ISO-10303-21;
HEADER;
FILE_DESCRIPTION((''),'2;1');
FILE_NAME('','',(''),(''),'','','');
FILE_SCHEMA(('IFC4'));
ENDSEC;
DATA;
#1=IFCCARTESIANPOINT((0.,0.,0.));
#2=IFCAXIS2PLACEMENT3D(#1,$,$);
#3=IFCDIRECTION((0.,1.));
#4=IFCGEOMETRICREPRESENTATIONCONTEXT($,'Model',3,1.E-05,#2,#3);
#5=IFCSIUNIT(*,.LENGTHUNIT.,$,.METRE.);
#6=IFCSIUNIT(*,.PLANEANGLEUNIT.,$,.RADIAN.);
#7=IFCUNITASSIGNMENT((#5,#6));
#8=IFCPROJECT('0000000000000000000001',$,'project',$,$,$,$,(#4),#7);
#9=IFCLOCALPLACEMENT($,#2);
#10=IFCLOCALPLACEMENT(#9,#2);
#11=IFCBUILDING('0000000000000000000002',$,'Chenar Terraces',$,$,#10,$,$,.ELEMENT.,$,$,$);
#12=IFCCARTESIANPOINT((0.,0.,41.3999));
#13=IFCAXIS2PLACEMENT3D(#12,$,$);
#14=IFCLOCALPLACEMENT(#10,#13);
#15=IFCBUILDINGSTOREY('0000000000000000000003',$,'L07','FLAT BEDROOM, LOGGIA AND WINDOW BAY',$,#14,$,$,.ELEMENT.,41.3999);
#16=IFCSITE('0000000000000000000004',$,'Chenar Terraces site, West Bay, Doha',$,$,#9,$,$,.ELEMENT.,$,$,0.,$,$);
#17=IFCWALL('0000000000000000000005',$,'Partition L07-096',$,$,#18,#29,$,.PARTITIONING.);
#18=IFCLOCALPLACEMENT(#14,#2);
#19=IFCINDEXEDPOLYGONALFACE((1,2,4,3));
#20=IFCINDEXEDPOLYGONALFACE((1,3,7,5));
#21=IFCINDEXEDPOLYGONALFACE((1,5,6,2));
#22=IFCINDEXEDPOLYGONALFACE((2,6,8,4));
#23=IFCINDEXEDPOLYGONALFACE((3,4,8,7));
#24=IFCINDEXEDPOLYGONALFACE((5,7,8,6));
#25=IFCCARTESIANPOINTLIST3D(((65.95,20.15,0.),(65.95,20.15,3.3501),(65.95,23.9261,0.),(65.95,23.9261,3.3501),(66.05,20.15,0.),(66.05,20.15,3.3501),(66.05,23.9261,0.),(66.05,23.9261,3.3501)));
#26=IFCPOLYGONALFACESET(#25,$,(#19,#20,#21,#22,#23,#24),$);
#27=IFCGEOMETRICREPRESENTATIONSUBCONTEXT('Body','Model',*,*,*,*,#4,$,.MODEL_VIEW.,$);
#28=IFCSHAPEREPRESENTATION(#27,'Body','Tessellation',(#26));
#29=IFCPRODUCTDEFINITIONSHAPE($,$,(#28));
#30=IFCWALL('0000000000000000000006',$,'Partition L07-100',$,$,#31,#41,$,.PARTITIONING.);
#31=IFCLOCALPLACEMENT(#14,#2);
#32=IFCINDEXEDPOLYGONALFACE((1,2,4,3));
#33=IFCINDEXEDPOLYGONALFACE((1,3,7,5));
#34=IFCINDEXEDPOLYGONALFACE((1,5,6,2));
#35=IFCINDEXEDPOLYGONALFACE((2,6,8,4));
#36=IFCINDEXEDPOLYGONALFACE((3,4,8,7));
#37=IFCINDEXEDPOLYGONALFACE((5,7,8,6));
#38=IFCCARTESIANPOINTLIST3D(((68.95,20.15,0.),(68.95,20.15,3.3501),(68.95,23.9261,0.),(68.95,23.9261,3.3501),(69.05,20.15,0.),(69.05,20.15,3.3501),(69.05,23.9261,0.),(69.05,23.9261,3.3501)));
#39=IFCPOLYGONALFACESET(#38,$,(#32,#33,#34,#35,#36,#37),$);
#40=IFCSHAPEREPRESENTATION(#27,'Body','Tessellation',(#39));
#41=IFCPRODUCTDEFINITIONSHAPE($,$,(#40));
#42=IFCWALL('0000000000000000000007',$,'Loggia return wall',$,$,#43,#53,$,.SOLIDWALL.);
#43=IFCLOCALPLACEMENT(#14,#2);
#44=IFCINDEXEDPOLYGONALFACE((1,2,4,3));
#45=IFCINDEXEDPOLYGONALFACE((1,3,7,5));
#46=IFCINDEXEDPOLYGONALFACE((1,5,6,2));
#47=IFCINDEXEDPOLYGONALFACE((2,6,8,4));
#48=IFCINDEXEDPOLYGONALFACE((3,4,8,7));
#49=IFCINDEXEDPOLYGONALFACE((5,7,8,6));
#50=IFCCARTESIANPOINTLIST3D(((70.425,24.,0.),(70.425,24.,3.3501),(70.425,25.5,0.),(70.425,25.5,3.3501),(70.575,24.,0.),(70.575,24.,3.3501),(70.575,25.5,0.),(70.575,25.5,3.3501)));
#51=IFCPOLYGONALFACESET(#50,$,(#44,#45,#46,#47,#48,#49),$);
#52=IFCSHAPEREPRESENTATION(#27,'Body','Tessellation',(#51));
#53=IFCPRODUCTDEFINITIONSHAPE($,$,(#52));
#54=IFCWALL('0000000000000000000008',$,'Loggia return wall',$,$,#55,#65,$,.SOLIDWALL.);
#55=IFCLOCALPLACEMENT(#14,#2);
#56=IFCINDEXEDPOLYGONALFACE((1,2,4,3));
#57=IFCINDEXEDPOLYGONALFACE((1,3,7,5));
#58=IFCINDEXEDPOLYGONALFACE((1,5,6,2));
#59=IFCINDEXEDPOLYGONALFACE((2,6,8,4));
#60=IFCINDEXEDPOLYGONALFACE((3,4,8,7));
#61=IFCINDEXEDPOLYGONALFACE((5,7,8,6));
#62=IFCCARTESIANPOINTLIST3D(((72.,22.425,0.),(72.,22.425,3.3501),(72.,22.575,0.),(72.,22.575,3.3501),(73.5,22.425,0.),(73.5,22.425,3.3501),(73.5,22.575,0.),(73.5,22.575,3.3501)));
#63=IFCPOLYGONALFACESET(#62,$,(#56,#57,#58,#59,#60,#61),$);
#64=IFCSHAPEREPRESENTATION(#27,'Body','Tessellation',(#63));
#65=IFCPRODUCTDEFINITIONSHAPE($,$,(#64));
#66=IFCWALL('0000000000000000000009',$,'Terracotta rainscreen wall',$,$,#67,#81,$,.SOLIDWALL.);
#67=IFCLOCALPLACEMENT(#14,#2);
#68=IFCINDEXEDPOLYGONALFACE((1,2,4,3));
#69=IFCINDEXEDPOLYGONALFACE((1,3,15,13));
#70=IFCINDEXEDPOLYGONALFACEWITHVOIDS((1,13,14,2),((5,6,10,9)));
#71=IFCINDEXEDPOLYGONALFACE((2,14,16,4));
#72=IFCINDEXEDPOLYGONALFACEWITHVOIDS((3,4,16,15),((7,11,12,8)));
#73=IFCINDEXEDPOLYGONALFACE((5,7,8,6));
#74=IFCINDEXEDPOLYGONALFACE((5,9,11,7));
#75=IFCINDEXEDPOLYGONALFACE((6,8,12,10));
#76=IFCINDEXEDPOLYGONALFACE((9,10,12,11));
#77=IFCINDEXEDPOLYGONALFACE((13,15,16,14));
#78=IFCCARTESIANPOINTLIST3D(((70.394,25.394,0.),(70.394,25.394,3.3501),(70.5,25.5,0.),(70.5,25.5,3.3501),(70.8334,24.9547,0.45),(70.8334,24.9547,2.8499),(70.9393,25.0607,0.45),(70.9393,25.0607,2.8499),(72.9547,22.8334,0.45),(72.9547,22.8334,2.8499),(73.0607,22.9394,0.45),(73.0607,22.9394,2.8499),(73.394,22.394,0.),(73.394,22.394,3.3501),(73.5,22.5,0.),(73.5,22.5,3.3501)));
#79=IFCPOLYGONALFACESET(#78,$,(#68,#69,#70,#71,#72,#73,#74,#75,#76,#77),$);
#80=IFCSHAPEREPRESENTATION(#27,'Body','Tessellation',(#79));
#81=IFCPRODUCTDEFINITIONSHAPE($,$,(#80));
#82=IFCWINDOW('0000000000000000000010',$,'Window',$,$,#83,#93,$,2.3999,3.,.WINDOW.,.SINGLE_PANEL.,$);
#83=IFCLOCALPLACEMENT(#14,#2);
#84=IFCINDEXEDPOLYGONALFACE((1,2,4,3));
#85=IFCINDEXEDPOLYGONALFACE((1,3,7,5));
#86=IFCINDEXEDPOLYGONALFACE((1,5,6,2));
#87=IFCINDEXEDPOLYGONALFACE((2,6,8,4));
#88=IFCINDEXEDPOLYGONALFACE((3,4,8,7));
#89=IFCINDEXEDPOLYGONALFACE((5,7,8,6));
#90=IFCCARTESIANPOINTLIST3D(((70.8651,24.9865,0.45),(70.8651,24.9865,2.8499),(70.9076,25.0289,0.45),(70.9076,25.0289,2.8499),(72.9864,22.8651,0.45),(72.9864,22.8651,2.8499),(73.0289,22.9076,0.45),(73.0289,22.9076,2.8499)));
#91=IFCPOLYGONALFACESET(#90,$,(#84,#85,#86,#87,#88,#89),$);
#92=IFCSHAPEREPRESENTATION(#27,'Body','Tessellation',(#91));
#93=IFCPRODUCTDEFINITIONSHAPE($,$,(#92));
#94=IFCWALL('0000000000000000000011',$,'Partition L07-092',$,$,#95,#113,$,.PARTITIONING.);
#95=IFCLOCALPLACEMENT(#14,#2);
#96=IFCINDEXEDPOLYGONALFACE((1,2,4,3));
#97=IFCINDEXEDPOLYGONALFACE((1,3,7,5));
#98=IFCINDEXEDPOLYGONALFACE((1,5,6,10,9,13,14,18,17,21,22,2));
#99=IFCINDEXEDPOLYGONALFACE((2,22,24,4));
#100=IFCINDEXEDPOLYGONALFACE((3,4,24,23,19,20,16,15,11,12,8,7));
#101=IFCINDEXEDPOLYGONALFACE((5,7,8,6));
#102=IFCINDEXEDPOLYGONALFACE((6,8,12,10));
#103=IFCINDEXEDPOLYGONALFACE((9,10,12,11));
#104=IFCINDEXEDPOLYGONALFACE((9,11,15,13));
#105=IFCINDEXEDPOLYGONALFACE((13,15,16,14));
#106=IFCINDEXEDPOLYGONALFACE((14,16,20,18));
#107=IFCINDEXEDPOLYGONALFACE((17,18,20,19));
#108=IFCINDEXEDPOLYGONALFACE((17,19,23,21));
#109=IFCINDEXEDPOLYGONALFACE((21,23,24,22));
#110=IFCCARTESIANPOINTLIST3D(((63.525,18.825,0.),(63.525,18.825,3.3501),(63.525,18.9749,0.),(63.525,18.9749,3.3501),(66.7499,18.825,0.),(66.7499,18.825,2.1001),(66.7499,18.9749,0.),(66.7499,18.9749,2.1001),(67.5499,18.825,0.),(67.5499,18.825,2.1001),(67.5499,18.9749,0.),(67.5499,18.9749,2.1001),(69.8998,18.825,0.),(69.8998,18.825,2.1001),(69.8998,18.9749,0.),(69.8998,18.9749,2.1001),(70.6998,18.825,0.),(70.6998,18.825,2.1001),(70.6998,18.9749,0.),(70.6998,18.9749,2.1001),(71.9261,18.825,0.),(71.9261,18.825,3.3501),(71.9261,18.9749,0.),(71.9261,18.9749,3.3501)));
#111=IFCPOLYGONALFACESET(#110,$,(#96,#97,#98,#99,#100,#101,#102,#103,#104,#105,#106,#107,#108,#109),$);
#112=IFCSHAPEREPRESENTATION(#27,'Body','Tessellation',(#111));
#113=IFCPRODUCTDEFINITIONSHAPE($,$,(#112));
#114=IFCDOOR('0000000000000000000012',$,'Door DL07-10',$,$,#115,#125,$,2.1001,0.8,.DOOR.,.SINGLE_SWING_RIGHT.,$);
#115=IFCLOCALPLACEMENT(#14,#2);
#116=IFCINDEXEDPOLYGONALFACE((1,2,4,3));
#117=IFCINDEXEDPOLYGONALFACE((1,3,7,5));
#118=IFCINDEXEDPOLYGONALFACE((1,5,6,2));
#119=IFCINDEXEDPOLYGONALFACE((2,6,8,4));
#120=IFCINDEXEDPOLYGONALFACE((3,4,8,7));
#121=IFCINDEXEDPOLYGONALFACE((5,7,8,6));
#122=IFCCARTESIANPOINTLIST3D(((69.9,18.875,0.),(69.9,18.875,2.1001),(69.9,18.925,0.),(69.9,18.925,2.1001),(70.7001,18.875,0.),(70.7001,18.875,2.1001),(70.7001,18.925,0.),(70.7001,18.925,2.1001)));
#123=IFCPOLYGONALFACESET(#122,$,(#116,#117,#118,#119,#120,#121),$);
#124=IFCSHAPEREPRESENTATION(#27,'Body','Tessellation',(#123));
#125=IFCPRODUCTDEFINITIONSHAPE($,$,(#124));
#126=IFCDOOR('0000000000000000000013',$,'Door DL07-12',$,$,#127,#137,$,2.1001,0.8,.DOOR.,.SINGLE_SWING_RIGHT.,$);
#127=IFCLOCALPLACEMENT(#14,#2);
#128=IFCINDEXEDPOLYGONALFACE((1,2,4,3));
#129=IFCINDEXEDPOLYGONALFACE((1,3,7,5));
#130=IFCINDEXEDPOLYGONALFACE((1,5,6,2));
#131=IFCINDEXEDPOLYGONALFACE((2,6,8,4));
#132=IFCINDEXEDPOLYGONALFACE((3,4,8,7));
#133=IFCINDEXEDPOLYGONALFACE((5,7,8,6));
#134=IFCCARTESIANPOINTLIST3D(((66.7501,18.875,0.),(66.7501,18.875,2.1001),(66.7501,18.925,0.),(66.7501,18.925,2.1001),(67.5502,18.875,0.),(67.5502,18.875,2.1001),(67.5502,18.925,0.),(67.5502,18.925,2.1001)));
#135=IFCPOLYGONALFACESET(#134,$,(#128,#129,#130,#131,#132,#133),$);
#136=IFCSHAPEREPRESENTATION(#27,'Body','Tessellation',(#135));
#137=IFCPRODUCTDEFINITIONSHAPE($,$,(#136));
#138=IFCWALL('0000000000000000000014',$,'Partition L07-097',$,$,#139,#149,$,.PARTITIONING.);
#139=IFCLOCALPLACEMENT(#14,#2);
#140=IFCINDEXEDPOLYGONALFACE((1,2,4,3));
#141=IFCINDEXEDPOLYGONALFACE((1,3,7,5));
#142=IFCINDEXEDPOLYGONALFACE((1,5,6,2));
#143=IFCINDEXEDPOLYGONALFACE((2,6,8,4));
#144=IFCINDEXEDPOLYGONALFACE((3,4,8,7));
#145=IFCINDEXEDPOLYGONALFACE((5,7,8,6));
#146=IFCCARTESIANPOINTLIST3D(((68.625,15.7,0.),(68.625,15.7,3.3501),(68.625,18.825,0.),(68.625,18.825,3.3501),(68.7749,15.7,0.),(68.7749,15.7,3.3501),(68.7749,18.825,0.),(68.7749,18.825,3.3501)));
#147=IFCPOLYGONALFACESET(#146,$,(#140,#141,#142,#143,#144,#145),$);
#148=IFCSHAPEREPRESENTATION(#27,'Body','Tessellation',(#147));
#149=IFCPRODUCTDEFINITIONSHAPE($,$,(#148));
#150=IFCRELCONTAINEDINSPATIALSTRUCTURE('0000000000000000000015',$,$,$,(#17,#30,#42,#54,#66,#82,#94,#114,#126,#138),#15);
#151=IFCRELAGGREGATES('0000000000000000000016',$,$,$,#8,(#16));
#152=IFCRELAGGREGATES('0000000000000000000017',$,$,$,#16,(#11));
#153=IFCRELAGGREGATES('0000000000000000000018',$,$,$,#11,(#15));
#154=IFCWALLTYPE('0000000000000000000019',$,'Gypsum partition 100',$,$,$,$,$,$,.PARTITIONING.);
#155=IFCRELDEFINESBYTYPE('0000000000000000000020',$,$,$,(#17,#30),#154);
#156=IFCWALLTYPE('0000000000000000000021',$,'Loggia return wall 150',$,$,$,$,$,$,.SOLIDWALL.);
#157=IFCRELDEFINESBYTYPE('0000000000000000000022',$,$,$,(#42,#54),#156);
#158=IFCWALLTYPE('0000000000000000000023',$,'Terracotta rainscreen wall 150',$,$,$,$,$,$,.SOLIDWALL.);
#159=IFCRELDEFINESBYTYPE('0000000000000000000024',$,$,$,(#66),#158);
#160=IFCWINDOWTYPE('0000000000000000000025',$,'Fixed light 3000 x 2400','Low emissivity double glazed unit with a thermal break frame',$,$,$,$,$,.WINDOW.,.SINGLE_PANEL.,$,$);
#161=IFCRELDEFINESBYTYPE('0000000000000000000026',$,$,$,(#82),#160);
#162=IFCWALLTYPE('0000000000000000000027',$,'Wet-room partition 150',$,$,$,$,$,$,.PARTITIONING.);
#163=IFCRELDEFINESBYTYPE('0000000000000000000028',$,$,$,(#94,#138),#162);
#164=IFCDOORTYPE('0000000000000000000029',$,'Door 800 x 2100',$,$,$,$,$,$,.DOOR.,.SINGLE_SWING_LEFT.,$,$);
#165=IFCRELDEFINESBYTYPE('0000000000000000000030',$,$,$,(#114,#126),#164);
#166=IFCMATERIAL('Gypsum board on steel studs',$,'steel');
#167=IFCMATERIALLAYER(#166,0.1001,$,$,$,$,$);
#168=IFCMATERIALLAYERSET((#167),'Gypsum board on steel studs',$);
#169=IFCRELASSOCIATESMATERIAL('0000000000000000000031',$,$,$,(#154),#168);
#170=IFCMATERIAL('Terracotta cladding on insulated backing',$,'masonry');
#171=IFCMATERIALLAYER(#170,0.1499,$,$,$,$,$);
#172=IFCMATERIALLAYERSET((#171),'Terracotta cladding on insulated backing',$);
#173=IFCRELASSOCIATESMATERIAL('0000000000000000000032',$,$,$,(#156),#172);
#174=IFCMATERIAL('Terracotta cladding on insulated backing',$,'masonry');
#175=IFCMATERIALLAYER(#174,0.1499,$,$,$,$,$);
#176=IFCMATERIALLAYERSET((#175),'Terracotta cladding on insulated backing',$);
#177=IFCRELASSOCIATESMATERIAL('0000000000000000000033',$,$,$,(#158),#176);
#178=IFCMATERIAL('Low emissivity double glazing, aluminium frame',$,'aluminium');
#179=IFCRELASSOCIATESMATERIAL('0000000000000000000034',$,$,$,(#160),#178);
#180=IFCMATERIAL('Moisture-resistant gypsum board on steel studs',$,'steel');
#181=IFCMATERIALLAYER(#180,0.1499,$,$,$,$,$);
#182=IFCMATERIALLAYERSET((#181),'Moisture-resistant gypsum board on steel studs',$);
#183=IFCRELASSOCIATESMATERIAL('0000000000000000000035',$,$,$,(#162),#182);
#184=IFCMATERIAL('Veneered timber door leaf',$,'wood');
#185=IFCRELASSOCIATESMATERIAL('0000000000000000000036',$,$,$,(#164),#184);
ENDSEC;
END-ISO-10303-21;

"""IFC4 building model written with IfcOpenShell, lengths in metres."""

from ifc_helpers import new_model, si_unit, direction, frame, frame_2d, origin, place, context, subcontext, project, spatial, rectangle, extrude, material, layer, layer_set, type_object, element, fill, save


model = new_model("IFC4")

# Units and contexts
model_context = context("Model", 3, precision=1e-05, world=origin(), true_north=direction((0.0, 1.0)))
body_context = subcontext(model_context, "Body", "Model", "MODEL_VIEW")
ifc_project = project(units=[si_unit("LENGTHUNIT", "METRE"), si_unit("PLANEANGLEUNIT", "RADIAN")], contexts=[model_context])

# Site, building, storey
site_placement = place(None, origin())
site = spatial("IfcSite", under=ifc_project, at=site_placement, Name="Chenar Terraces site, West Bay, Doha", CompositionType="ELEMENT", RefElevation=0.0)
building_placement = place(site_placement, origin())
building = spatial("IfcBuilding", under=site, at=building_placement, Name="Chenar Terraces", CompositionType="ELEMENT")
storey_placement = place(building_placement, frame((0.0, 0.0, 41.3999)))
storey = spatial("IfcBuildingStorey", under=building, at=storey_placement, Name="L07", Description="FLAT BEDROOM, LOGGIA AND WINDOW BAY", CompositionType="ELEMENT", Elevation=41.3999)

# Walls
ifc_material_1 = material(Name="Gypsum board on steel studs", Category="steel")
ifc_layer_1 = layer(ifc_material_1, 0.1001)
ifc_layer_set_1 = layer_set([ifc_layer_1], Name="Gypsum board on steel studs")
wall_type_1 = type_object("IfcWallType", Name="Gypsum partition 100", PredefinedType="PARTITIONING", material=ifc_layer_set_1)
for number, where, z_axis, x_axis, name in (
    (1, (66.0, 20.1499, 0.0), (0.0, 0.0, 1.0), (0.0, 1.0, 0.0), "Partition L07-096"),
    (2, (69.0, 20.1499, 0.0), (0.0, 0.0, 1.0), (0.0, 1.0, 0.0), "Partition L07-100"),
):
    element("IfcWall", number, at=place(storey_placement, frame(where, z_axis=z_axis, x_axis=x_axis)), inside=storey, type_object=wall_type_1, Name=name, PredefinedType="PARTITIONING", context=body_context, shape_type="SweptSolid", body=[
        extrude(rectangle(XDim=3.7761, YDim=0.1001, at=frame_2d((1.8882, 0.0))), origin(), (0.0, 0.0, 1.0), 3.3501),
    ])
ifc_material_2 = material(Name="Terracotta cladding on insulated backing", Category="masonry")
ifc_layer_2 = layer(ifc_material_2, 0.1499)
ifc_layer_set_2 = layer_set([ifc_layer_2], Name="Terracotta cladding on insulated backing")
wall_type_2 = type_object("IfcWallType", Name="Loggia return wall 150", PredefinedType="SOLIDWALL", material=ifc_layer_set_2)
for number, where, z_axis, x_axis, name in (
    (3, (70.5, 25.5, 0.0), (0.0, 0.0, 1.0), (0.0, -1.0, 0.0), "Loggia return wall"),
    (4, (73.5, 22.5, 0.0), (0.0, 0.0, 1.0), (-1.0, 0.0, 0.0), "Loggia return wall"),
):
    element("IfcWall", number, at=place(storey_placement, frame(where, z_axis=z_axis, x_axis=x_axis)), inside=storey, type_object=wall_type_2, Name=name, PredefinedType="SOLIDWALL", context=body_context, shape_type="SweptSolid", body=[
        extrude(rectangle(XDim=1.5, YDim=0.1499, at=frame_2d((0.75, 0.0))), origin(), (0.0, 0.0, 1.0), 3.3501),
    ])

# Wall, opening, window
ifc_material_3 = material(Name="Terracotta cladding on insulated backing", Category="masonry")
ifc_layer_3 = layer(ifc_material_3, 0.1499)
ifc_layer_set_3 = layer_set([ifc_layer_3], Name="Terracotta cladding on insulated backing")
wall_type_3 = type_object("IfcWallType", Name="Terracotta rainscreen wall 150", PredefinedType="SOLIDWALL", material=ifc_layer_set_3)
wall_1_placement = place(storey_placement, frame((73.447, 22.447, 0.0), z_axis=(0.0, 0.0, 1.0), x_axis=(-0.707107, 0.707107, 0.0)))
wall_1 = element("IfcWall", 5, at=wall_1_placement, inside=storey, type_object=wall_type_3, Name="Terracotta rainscreen wall", PredefinedType="SOLIDWALL", context=body_context, shape_type="SweptSolid", body=[
    extrude(rectangle(XDim=4.2427, YDim=0.1499, at=frame_2d((2.1213, 0.0))), origin(), (0.0, 0.0, 1.0), 3.3501),
])
opening_1_placement = place(wall_1_placement, frame((0.6213, 0.0, 0.45)))
opening_1 = element("IfcOpeningElement", 6, at=opening_1_placement, cuts=wall_1, PredefinedType="OPENING", context=body_context, shape_type="SweptSolid", body=[
    extrude(rectangle(XDim=3.0, YDim=2.3999, at=frame_2d((1.5, 1.2))), frame((0.0, 0.085, 0.0), z_axis=(0.0, -1.0, 0.0), x_axis=(1.0, 0.0, 0.0)), (0.0, 0.0, 1.0), 0.1699),
])
ifc_material_4 = material(Name="Low emissivity double glazing, aluminium frame", Category="aluminium")
window_type_1 = type_object("IfcWindowType", Name="Fixed light 3000 x 2400", Description="Low emissivity double glazed unit with a thermal break frame", PartitioningType="SINGLE_PANEL", PredefinedType="WINDOW", material=ifc_material_4)
window_1_placement = place(opening_1_placement, origin())
window_1 = element("IfcWindow", 7, at=window_1_placement, inside=storey, type_object=window_type_1, Name="Window", OverallHeight=2.3999, OverallWidth=3.0, PartitioningType="SINGLE_PANEL", PredefinedType="WINDOW", context=body_context, shape_type="SweptSolid", body=[
    extrude(rectangle(XDim=3.0, YDim=2.3999, at=frame_2d((1.5, 1.2))), frame((0.0, 0.03, 0.0), z_axis=(0.0, -1.0, 0.0), x_axis=(1.0, 0.0, 0.0)), (0.0, 0.0, 1.0), 0.0601),
])
fill(opening_1, window_1)

# Wall, openings, doors
ifc_material_5 = material(Name="Moisture-resistant gypsum board on steel studs", Category="steel")
ifc_layer_4 = layer(ifc_material_5, 0.1499)
ifc_layer_set_4 = layer_set([ifc_layer_4], Name="Moisture-resistant gypsum board on steel studs")
wall_type_4 = type_object("IfcWallType", Name="Wet-room partition 150", PredefinedType="PARTITIONING", material=ifc_layer_set_4)
wall_2_placement = place(storey_placement, frame((63.5249, 18.8999, 0.0), z_axis=(0.0, 0.0, 1.0), x_axis=(1.0, 0.0, 0.0)))
wall_2 = element("IfcWall", 8, at=wall_2_placement, inside=storey, type_object=wall_type_4, Name="Partition L07-092", PredefinedType="PARTITIONING", context=body_context, shape_type="SweptSolid", body=[
    extrude(rectangle(XDim=8.4011, YDim=0.1499, at=frame_2d((4.2007, 0.0))), origin(), (0.0, 0.0, 1.0), 3.3501),
])
opening_2_placement = place(wall_2_placement, frame((6.375, 0.0, 0.0)))
opening_2 = element("IfcOpeningElement", 9, at=opening_2_placement, cuts=wall_2, PredefinedType="OPENING", context=body_context, shape_type="SweptSolid", body=[
    extrude(rectangle(XDim=0.8, YDim=2.1001, at=frame_2d((0.3999, 1.05))), frame((0.0, 0.085, 0.0), z_axis=(0.0, -1.0, 0.0), x_axis=(1.0, 0.0, 0.0)), (0.0, 0.0, 1.0), 0.1699),
])
opening_3_placement = place(wall_2_placement, frame((3.2251, 0.0, 0.0)))
opening_3 = element("IfcOpeningElement", 10, at=opening_3_placement, cuts=wall_2, PredefinedType="OPENING", context=body_context, shape_type="SweptSolid", body=[
    extrude(rectangle(XDim=0.8, YDim=2.1001, at=frame_2d((0.3999, 1.05))), frame((0.0, 0.085, 0.0), z_axis=(0.0, -1.0, 0.0), x_axis=(1.0, 0.0, 0.0)), (0.0, 0.0, 1.0), 0.1699),
])
ifc_material_6 = material(Name="Veneered timber door leaf", Category="wood")
door_type_1 = type_object("IfcDoorType", Name="Door 800 x 2100", OperationType="SINGLE_SWING_LEFT", PredefinedType="DOOR", material=ifc_material_6)
door_1_placement = place(opening_2_placement, frame((0.8, 0.0, 0.0), z_axis=(0.0, 0.0, 1.0), x_axis=(-1.0, 0.0, 0.0)))
door_1 = element("IfcDoor", 11, at=door_1_placement, inside=storey, type_object=door_type_1, Name="Door DL07-10", OperationType="SINGLE_SWING_RIGHT", OverallHeight=2.1001, OverallWidth=0.8, PredefinedType="DOOR", context=body_context, shape_type="SweptSolid", body=[
    extrude(rectangle(XDim=0.8, YDim=2.1001, at=frame_2d((0.3999, 1.05))), frame((0.0, 0.0249, 0.0), z_axis=(0.0, -1.0, 0.0), x_axis=(1.0, 0.0, 0.0)), (0.0, 0.0, 1.0), 0.05),
])
fill(opening_2, door_1)
door_2_placement = place(opening_3_placement, frame((0.8, 0.0, 0.0), z_axis=(0.0, 0.0, 1.0), x_axis=(-1.0, 0.0, 0.0)))
door_2 = element("IfcDoor", 12, at=door_2_placement, inside=storey, type_object=door_type_1, Name="Door DL07-12", OperationType="SINGLE_SWING_RIGHT", OverallHeight=2.1001, OverallWidth=0.8, PredefinedType="DOOR", context=body_context, shape_type="SweptSolid", body=[
    extrude(rectangle(XDim=0.8, YDim=2.1001, at=frame_2d((0.3999, 1.05))), frame((0.0, 0.0249, 0.0), z_axis=(0.0, -1.0, 0.0), x_axis=(1.0, 0.0, 0.0)), (0.0, 0.0, 1.0), 0.05),
])
fill(opening_3, door_2)

# Wall
wall_3_placement = place(storey_placement, frame((68.7, 15.7, 0.0), z_axis=(0.0, 0.0, 1.0), x_axis=(0.0, 1.0, 0.0)))
element("IfcWall", 13, at=wall_3_placement, inside=storey, type_object=wall_type_4, Name="Partition L07-097", PredefinedType="PARTITIONING", context=body_context, shape_type="SweptSolid", body=[
    extrude(rectangle(XDim=3.125, YDim=0.1499, at=frame_2d((1.5625, 0.0))), origin(), (0.0, 0.0, 1.0), 3.3501),
])

save(model, "model.ifc")
